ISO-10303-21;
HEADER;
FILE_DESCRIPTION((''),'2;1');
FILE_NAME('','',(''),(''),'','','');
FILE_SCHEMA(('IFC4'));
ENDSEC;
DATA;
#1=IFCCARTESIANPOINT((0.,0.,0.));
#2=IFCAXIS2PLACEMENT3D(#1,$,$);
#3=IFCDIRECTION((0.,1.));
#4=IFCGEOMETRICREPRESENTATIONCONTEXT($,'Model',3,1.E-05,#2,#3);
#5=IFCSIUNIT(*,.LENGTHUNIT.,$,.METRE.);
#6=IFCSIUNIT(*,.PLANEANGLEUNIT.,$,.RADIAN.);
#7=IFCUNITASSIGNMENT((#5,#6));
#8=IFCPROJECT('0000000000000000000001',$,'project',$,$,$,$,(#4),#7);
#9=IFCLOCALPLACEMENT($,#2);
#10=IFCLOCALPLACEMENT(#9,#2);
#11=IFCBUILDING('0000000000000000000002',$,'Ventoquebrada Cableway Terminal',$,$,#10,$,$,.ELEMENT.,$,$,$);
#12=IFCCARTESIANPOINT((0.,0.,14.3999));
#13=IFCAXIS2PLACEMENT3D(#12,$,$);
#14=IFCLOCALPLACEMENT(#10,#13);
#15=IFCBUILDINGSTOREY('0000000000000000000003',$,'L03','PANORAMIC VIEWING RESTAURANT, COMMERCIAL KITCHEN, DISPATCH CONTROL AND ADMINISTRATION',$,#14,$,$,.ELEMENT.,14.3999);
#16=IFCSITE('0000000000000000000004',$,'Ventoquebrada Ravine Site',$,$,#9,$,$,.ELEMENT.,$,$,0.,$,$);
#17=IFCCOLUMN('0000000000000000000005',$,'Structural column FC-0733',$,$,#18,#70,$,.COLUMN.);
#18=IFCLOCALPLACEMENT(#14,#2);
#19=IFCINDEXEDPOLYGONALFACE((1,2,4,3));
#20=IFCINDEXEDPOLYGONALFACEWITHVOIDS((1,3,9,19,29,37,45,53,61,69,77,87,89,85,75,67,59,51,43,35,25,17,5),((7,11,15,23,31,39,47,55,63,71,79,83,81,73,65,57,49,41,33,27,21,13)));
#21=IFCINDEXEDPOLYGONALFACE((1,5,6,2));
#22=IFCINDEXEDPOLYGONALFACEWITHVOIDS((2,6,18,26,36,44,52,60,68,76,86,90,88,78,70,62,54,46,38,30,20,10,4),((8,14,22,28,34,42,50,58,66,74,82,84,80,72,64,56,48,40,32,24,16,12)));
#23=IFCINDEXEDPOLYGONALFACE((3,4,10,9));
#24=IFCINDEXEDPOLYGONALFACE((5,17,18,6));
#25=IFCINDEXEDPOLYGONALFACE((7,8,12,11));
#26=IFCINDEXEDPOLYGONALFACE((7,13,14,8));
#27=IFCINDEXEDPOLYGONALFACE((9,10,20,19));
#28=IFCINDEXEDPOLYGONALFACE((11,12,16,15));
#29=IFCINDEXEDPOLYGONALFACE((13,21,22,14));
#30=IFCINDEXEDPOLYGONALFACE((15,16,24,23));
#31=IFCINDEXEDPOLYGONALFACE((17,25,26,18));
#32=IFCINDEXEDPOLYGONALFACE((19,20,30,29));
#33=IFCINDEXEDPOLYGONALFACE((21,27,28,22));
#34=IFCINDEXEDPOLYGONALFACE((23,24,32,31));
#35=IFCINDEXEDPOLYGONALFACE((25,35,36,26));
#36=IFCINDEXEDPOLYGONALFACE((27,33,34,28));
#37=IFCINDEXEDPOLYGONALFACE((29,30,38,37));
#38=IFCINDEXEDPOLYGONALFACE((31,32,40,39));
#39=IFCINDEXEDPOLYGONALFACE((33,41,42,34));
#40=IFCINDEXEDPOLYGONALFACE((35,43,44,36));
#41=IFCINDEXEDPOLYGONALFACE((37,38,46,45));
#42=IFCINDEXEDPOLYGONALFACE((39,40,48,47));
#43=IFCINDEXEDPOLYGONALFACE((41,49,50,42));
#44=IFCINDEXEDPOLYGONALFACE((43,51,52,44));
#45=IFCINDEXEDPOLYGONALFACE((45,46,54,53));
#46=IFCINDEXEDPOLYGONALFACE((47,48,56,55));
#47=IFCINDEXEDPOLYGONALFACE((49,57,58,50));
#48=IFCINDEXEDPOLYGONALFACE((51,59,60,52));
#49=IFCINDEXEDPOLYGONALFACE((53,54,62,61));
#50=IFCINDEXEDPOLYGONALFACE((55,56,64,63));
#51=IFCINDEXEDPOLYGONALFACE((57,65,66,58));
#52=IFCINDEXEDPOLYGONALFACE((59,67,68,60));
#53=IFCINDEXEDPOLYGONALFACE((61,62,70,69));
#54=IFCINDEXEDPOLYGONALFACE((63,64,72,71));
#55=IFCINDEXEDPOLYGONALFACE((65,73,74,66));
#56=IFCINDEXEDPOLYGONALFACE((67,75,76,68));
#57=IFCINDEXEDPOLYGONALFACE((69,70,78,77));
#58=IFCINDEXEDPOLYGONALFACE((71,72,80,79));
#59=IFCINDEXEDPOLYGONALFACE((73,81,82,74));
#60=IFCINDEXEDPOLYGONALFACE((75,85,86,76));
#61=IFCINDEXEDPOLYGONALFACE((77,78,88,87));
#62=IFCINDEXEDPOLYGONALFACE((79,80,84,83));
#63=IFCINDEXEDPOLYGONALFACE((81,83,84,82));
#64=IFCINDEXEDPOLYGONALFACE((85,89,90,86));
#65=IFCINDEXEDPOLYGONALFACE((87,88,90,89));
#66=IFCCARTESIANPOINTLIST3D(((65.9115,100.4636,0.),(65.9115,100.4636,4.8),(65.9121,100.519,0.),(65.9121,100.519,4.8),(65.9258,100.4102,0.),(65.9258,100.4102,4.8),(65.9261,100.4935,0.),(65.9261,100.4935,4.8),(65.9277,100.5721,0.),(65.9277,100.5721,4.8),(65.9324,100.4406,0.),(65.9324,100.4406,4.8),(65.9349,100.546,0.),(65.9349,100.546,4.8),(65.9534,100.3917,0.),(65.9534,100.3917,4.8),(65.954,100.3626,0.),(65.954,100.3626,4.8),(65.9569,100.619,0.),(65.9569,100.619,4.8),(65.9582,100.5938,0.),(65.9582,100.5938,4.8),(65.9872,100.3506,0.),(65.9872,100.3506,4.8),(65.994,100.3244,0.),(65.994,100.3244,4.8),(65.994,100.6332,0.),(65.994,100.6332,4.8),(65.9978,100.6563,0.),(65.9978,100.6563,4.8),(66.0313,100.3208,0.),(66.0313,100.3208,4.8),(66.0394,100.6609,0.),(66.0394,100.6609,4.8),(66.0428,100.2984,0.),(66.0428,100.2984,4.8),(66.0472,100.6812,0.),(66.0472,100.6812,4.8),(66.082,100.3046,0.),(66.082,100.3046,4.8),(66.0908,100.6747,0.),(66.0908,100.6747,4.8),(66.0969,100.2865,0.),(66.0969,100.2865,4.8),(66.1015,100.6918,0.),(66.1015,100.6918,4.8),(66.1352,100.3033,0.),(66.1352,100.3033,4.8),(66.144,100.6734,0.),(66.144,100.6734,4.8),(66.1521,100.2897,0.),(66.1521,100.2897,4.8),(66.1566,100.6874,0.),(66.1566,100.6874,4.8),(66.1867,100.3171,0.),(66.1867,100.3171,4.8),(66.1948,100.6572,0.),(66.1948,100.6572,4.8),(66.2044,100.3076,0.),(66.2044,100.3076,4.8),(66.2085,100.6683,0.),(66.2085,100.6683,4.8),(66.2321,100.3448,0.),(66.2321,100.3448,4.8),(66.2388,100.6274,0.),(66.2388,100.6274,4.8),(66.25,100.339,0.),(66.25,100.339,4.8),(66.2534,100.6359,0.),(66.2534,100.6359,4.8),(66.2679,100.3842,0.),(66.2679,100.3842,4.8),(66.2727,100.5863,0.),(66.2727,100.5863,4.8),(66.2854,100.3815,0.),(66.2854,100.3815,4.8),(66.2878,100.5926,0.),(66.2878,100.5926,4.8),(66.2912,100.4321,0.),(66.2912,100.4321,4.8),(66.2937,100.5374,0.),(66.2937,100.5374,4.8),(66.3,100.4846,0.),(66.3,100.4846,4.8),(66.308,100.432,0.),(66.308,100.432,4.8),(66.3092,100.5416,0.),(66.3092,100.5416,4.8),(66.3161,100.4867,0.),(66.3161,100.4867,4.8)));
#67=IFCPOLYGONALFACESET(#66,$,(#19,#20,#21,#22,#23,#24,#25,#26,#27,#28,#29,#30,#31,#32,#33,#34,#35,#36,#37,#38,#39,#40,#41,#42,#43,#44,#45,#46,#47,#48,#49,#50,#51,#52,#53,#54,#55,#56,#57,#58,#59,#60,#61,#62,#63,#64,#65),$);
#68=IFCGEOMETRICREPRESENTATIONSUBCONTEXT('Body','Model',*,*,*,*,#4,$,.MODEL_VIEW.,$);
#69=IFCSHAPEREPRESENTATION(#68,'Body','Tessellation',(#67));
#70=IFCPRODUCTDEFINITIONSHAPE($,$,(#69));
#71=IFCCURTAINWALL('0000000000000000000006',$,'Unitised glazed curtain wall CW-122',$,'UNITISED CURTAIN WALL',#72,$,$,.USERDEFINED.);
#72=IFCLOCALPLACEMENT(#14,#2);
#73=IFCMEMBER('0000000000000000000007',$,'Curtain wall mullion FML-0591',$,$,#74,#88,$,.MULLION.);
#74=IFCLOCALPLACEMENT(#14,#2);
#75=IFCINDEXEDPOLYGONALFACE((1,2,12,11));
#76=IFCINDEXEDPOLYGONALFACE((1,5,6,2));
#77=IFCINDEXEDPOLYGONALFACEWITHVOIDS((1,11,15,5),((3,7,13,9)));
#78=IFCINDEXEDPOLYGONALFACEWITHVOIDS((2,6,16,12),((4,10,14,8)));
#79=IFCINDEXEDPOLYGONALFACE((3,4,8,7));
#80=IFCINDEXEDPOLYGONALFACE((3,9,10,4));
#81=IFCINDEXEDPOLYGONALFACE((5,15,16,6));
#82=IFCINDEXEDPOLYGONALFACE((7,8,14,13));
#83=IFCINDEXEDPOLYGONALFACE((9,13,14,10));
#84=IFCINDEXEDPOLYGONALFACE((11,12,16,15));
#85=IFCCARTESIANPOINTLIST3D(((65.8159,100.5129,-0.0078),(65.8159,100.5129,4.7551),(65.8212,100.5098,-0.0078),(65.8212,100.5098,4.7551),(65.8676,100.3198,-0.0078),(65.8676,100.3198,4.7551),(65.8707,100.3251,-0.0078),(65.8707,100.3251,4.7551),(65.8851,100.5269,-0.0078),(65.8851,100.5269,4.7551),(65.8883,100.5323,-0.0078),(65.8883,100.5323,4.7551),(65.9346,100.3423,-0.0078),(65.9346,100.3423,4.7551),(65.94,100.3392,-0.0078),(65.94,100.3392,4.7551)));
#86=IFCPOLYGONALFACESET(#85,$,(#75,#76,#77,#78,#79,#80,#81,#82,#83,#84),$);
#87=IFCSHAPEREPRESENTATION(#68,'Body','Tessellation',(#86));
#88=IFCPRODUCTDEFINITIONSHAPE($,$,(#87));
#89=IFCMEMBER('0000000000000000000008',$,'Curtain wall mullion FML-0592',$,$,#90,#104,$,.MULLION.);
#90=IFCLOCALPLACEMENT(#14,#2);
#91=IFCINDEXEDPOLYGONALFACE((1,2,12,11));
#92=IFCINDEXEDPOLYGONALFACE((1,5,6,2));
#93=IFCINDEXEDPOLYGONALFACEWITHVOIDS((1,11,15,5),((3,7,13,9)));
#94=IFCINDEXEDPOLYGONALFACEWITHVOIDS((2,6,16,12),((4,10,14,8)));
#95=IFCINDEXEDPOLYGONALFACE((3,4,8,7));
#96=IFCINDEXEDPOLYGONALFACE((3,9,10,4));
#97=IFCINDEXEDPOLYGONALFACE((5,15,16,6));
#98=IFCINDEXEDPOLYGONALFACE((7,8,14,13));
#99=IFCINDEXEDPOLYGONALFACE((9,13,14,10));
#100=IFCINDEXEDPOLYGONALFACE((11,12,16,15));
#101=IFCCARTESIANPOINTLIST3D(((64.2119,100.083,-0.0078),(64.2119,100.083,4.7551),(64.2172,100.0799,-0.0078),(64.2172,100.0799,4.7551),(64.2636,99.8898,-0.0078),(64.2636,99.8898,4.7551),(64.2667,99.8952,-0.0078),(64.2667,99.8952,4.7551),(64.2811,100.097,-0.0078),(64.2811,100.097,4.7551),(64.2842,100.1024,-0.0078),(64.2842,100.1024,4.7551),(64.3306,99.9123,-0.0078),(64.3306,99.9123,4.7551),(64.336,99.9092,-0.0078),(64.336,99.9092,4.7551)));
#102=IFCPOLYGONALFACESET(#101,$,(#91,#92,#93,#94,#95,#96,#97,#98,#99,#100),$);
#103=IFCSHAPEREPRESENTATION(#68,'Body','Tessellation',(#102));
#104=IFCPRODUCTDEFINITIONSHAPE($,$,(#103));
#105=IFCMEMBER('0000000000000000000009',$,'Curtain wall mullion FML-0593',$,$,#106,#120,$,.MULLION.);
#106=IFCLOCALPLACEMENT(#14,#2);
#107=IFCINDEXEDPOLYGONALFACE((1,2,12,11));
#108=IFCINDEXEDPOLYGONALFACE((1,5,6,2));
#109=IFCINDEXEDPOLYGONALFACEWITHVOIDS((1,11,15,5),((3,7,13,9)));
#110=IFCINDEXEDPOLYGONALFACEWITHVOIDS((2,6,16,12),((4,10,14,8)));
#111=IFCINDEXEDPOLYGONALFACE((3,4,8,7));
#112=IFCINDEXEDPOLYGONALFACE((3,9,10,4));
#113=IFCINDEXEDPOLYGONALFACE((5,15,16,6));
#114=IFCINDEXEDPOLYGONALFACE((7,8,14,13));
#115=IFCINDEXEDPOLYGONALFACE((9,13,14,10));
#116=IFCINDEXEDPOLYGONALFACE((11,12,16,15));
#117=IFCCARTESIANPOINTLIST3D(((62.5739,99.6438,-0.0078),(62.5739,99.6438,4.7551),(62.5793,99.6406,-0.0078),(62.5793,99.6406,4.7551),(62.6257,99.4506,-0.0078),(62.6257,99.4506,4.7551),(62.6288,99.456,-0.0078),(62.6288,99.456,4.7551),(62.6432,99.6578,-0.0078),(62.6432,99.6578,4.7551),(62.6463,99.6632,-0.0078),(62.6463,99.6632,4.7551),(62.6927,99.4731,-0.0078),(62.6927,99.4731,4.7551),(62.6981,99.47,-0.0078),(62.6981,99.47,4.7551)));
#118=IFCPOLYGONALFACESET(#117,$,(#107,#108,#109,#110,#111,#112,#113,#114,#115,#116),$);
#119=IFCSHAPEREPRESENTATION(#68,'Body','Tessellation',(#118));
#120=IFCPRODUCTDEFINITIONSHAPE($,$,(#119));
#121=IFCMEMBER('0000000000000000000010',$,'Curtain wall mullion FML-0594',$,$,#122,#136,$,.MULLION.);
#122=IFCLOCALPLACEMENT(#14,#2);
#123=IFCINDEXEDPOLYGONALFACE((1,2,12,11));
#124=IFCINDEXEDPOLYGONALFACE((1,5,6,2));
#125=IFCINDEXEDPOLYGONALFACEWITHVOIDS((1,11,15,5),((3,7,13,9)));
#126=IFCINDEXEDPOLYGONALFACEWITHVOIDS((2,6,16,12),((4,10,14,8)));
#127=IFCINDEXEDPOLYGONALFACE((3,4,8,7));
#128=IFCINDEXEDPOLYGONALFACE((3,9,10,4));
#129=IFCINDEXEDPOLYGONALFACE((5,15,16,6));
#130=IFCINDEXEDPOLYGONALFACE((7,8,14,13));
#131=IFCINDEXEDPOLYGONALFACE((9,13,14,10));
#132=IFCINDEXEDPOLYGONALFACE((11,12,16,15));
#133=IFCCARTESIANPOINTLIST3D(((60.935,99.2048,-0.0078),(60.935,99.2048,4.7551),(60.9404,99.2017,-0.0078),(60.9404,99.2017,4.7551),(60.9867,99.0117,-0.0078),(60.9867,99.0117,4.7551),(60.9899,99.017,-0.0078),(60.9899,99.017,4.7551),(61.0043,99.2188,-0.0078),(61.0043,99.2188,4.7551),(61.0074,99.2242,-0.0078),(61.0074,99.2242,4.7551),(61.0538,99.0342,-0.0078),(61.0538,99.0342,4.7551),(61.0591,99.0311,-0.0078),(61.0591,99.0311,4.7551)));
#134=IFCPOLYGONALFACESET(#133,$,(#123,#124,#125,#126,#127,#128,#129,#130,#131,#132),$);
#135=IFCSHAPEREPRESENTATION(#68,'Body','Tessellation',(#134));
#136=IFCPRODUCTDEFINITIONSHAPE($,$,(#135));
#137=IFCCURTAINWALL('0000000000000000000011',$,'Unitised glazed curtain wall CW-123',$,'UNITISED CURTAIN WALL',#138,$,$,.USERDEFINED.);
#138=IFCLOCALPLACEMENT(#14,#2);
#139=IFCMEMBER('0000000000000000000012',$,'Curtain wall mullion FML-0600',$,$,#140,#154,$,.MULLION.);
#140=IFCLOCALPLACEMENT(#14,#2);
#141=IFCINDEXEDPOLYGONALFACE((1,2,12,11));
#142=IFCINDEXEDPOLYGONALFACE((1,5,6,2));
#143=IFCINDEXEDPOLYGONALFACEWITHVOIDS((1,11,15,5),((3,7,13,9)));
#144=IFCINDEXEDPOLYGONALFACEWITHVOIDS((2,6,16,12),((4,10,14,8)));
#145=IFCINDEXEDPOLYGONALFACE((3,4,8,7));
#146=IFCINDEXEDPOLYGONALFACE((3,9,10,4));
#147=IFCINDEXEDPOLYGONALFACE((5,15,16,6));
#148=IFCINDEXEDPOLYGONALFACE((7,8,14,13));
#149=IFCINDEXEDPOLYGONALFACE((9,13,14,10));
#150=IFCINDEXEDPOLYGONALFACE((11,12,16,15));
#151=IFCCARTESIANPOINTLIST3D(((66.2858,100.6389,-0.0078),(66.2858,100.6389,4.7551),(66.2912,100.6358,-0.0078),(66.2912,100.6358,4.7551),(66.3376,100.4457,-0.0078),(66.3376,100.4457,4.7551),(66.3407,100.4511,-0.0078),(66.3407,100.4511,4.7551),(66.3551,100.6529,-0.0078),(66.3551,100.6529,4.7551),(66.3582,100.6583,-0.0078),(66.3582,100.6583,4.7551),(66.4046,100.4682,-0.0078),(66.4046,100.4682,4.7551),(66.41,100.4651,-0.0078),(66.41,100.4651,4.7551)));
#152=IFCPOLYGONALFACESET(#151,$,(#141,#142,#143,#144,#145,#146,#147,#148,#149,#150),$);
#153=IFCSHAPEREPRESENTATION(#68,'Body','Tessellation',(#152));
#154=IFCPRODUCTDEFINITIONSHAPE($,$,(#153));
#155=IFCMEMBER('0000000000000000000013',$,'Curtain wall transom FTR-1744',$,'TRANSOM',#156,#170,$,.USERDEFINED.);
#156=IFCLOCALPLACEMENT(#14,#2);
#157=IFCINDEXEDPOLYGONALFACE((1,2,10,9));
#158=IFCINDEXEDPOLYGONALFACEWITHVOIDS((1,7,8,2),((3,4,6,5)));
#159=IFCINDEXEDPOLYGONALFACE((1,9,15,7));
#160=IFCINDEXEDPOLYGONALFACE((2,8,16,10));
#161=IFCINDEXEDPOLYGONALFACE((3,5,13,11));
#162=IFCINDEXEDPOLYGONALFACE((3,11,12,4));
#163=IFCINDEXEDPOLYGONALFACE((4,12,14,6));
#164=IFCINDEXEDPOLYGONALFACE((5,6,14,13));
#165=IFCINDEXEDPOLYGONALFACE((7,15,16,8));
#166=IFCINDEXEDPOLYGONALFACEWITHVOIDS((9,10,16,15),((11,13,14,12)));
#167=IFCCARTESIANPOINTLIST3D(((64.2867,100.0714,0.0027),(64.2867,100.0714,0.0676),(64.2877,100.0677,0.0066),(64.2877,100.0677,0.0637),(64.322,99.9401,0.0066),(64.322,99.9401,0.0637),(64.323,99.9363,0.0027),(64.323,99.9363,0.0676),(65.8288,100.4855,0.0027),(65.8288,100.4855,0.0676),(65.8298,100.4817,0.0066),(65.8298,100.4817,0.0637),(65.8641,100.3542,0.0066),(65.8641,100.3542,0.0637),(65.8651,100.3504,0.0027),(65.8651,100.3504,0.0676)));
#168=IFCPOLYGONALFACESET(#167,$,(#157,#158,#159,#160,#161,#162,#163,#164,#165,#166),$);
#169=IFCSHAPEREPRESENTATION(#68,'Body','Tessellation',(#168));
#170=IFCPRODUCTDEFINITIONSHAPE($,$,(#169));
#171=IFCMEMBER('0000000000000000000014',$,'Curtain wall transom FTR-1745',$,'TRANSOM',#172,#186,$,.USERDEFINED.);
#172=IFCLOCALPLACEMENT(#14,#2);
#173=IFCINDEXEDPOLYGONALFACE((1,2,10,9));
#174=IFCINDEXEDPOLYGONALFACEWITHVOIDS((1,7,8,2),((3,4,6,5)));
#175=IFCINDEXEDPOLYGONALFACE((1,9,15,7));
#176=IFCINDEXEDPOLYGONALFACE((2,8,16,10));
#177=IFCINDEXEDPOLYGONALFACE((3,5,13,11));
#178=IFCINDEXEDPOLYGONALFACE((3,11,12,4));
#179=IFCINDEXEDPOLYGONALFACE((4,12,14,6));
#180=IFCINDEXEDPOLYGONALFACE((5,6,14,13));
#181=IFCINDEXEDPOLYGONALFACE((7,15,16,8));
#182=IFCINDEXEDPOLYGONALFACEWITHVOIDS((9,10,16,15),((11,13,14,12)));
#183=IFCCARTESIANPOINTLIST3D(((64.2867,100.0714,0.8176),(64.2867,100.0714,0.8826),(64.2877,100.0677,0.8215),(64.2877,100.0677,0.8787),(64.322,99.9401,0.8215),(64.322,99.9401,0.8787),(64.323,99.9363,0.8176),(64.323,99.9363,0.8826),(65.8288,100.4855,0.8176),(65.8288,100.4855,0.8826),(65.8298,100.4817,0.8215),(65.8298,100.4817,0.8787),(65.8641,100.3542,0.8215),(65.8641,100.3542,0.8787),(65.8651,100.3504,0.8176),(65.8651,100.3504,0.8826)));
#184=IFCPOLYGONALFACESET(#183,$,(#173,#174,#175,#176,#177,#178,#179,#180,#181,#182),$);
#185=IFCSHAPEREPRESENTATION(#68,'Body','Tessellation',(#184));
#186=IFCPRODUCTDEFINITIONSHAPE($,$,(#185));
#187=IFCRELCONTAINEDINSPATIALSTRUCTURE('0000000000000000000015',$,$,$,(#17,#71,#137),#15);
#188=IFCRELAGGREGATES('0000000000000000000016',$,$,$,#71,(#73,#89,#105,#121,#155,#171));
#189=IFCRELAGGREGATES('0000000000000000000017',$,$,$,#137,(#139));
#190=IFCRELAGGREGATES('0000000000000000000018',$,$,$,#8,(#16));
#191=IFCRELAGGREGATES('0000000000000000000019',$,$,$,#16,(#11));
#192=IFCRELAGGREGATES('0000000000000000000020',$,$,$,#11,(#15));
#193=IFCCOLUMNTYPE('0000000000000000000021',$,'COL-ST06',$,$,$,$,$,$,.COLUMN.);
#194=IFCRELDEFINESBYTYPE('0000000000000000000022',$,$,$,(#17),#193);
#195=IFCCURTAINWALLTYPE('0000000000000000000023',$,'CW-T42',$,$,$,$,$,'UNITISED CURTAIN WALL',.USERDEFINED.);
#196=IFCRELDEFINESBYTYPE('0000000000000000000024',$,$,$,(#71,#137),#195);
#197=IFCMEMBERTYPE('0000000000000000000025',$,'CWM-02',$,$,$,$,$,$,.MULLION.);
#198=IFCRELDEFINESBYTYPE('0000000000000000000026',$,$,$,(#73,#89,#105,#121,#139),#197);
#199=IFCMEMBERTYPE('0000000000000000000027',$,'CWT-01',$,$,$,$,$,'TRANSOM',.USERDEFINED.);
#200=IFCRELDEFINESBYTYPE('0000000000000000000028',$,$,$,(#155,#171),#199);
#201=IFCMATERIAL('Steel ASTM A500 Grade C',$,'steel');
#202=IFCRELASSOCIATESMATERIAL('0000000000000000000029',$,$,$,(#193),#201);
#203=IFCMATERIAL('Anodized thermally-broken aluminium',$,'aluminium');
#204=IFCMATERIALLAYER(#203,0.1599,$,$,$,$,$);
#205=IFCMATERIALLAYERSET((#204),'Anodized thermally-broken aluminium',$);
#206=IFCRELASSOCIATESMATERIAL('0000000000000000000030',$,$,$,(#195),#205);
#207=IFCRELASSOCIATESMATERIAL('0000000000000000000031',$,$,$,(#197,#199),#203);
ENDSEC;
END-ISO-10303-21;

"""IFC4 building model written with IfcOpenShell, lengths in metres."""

from ifc_helpers import new_model, si_unit, direction, frame, origin, origin_2d, place, context, subcontext, project, spatial, hollow_rectangle, hollow_circle, extrude, material, layer, layer_set, material_profile, profile_set, type_object, element, aggregate, save


model = new_model("IFC4")

# Units and contexts
model_context = context("Model", 3, precision=1e-05, world=origin(), true_north=direction((0.0, 1.0)))
body_context = subcontext(model_context, "Body", "Model", "MODEL_VIEW")
ifc_project = project(units=[si_unit("LENGTHUNIT", "METRE"), si_unit("PLANEANGLEUNIT", "RADIAN")], contexts=[model_context])

# Site, building, storey
site_placement = place(None, origin())
site = spatial("IfcSite", under=ifc_project, at=site_placement, Name="Ventoquebrada Ravine Site", CompositionType="ELEMENT", RefElevation=0.0)
building_placement = place(site_placement, origin())
building = spatial("IfcBuilding", under=site, at=building_placement, Name="Ventoquebrada Cableway Terminal", CompositionType="ELEMENT")
storey_placement = place(building_placement, frame((0.0, 0.0, 14.3999)))
storey = spatial("IfcBuildingStorey", under=building, at=storey_placement, Name="L03", Description="PANORAMIC VIEWING RESTAURANT, COMMERCIAL KITCHEN, DISPATCH CONTROL AND ADMINISTRATION", CompositionType="ELEMENT", Elevation=14.3999)

# Column
ifc_material_1 = material(Name="Steel ASTM A500 Grade C", Category="steel")
ifc_material_profile_1 = material_profile(ifc_material_1, hollow_circle(Radius=0.2031, WallThickness=0.0161, at=origin_2d()), Name="CHS406.4X16")
ifc_profile_set_1 = profile_set([ifc_material_profile_1], Name="Steel ASTM A500 Grade C")
column_type = type_object("IfcColumnType", Name="COL-ST06", PredefinedType="COLUMN", material=ifc_profile_set_1)
column_placement = place(storey_placement, frame((66.113, 100.489, 0.0), z_axis=(0.0, 0.0, 1.0), x_axis=(0.965926, 0.258819, 0.0)))
element("IfcColumn", 1, at=column_placement, inside=storey, type_object=column_type, Name="Structural column FC-0733", PredefinedType="COLUMN", context=body_context, shape_type="SweptSolid", body=[
    extrude(hollow_circle(Radius=0.2031, WallThickness=0.0161, at=origin_2d()), origin(), (0.0, 0.0, 1.0), 4.8),
])

# Curtain wall, members
ifc_material_2 = material(Name="Anodized thermally-broken aluminium", Category="aluminium")
ifc_layer_1 = layer(ifc_material_2, 0.1599)
ifc_layer_set_1 = layer_set([ifc_layer_1], Name="Anodized thermally-broken aluminium")
curtain_wall_type = type_object("IfcCurtainWallType", Name="CW-T42", ElementType="UNITISED CURTAIN WALL", PredefinedType="USERDEFINED", material=ifc_layer_set_1)
curtain_wall_1_placement = place(storey_placement, origin())
curtain_wall_1 = element("IfcCurtainWall", 2, at=curtain_wall_1_placement, inside=storey, type_object=curtain_wall_type, Name="Unitised glazed curtain wall CW-122", ObjectType="UNITISED CURTAIN WALL", PredefinedType="USERDEFINED")
ifc_material_profile_2 = material_profile(ifc_material_2, hollow_rectangle(XDim=0.075, YDim=0.2, WallThickness=0.0044, at=origin_2d()), Name="CW-MUL-75X200")
ifc_profile_set_2 = profile_set([ifc_material_profile_2], Name="Anodized thermally-broken aluminium")
member_type_1 = type_object("IfcMemberType", Name="CWM-02", PredefinedType="MULLION", material=ifc_profile_set_2)
member_1_placement = place(storey_placement, frame((65.8779, 100.426, -0.0078), z_axis=(0.0, 0.0, 1.0), x_axis=(-0.965921, -0.258836, 0.0)))
member_1 = element("IfcMember", 3, at=member_1_placement, type_object=member_type_1, Name="Curtain wall mullion FML-0591", PredefinedType="MULLION", context=body_context, shape_type="SweptSolid", body=[
    extrude(hollow_rectangle(XDim=0.075, YDim=0.2, WallThickness=0.0044, at=origin_2d()), origin(), (0.0, 0.0, 1.0), 4.7629),
])
member_2_placement = place(storey_placement, frame((64.2739, 99.9961, -0.0078), z_axis=(0.0, 0.0, 1.0), x_axis=(-0.965921, -0.258836, 0.0)))
member_2 = element("IfcMember", 4, at=member_2_placement, type_object=member_type_1, Name="Curtain wall mullion FML-0592", PredefinedType="MULLION", context=body_context, shape_type="SweptSolid", body=[
    extrude(hollow_rectangle(XDim=0.075, YDim=0.2, WallThickness=0.0044, at=origin_2d()), origin(), (0.0, 0.0, 1.0), 4.7629),
])
member_3_placement = place(storey_placement, frame((62.636, 99.5569, -0.0078), z_axis=(0.0, 0.0, 1.0), x_axis=(-0.965921, -0.258836, 0.0)))
member_3 = element("IfcMember", 5, at=member_3_placement, type_object=member_type_1, Name="Curtain wall mullion FML-0593", PredefinedType="MULLION", context=body_context, shape_type="SweptSolid", body=[
    extrude(hollow_rectangle(XDim=0.075, YDim=0.2, WallThickness=0.0044, at=origin_2d()), origin(), (0.0, 0.0, 1.0), 4.7629),
])
member_4_placement = place(storey_placement, frame((60.9971, 99.1179, -0.0078), z_axis=(0.0, 0.0, 1.0), x_axis=(-0.965921, -0.258836, 0.0)))
member_4 = element("IfcMember", 6, at=member_4_placement, type_object=member_type_1, Name="Curtain wall mullion FML-0594", PredefinedType="MULLION", context=body_context, shape_type="SweptSolid", body=[
    extrude(hollow_rectangle(XDim=0.075, YDim=0.2, WallThickness=0.0044, at=origin_2d()), origin(), (0.0, 0.0, 1.0), 4.7629),
])

# Curtain wall, member
curtain_wall_2_placement = place(storey_placement, origin())
curtain_wall_2 = element("IfcCurtainWall", 7, at=curtain_wall_2_placement, inside=storey, type_object=curtain_wall_type, Name="Unitised glazed curtain wall CW-123", ObjectType="UNITISED CURTAIN WALL", PredefinedType="USERDEFINED")
member_5_placement = place(storey_placement, frame((66.3479, 100.552, -0.0078), z_axis=(0.0, 0.0, 1.0), x_axis=(-0.965948, -0.258735, 0.0)))
member_5 = element("IfcMember", 8, at=member_5_placement, type_object=member_type_1, Name="Curtain wall mullion FML-0600", PredefinedType="MULLION", context=body_context, shape_type="SweptSolid", body=[
    extrude(hollow_rectangle(XDim=0.075, YDim=0.2, WallThickness=0.0044, at=origin_2d()), origin(), (0.0, 0.0, 1.0), 4.7629),
])

# Members
ifc_material_profile_3 = material_profile(ifc_material_2, hollow_rectangle(XDim=0.0649, YDim=0.1399, WallThickness=0.0039, at=origin_2d()), Name="CW-TRN-65X140")
ifc_profile_set_3 = profile_set([ifc_material_profile_3], Name="Anodized thermally-broken aluminium")
member_type_2 = type_object("IfcMemberType", Name="CWT-01", ElementType="TRANSOM", PredefinedType="USERDEFINED", material=ifc_profile_set_3)
member_6_placement = place(storey_placement, frame((65.8469, 100.418, 0.0352), z_axis=(-0.965787, -0.259337, 0.0), x_axis=(0.0, 0.0, 1.0)))
member_6 = element("IfcMember", 9, at=member_6_placement, type_object=member_type_2, Name="Curtain wall transom FTR-1744", ObjectType="TRANSOM", PredefinedType="USERDEFINED", context=body_context, shape_type="SweptSolid", body=[
    extrude(hollow_rectangle(XDim=0.0649, YDim=0.1399, WallThickness=0.0039, at=origin_2d()), origin(), (0.0, 0.0, 1.0), 1.5967),
])
member_7_placement = place(storey_placement, frame((65.8469, 100.418, 0.8501), z_axis=(-0.965787, -0.259337, 0.0), x_axis=(0.0, 0.0, 1.0)))
member_7 = element("IfcMember", 10, at=member_7_placement, type_object=member_type_2, Name="Curtain wall transom FTR-1745", ObjectType="TRANSOM", PredefinedType="USERDEFINED", context=body_context, shape_type="SweptSolid", body=[
    extrude(hollow_rectangle(XDim=0.0649, YDim=0.1399, WallThickness=0.0039, at=origin_2d()), origin(), (0.0, 0.0, 1.0), 1.5967),
])

aggregate(curtain_wall_1, [member_1, member_2, member_3, member_4, member_6, member_7])
aggregate(curtain_wall_2, [member_5])

save(model, "model.ifc")
